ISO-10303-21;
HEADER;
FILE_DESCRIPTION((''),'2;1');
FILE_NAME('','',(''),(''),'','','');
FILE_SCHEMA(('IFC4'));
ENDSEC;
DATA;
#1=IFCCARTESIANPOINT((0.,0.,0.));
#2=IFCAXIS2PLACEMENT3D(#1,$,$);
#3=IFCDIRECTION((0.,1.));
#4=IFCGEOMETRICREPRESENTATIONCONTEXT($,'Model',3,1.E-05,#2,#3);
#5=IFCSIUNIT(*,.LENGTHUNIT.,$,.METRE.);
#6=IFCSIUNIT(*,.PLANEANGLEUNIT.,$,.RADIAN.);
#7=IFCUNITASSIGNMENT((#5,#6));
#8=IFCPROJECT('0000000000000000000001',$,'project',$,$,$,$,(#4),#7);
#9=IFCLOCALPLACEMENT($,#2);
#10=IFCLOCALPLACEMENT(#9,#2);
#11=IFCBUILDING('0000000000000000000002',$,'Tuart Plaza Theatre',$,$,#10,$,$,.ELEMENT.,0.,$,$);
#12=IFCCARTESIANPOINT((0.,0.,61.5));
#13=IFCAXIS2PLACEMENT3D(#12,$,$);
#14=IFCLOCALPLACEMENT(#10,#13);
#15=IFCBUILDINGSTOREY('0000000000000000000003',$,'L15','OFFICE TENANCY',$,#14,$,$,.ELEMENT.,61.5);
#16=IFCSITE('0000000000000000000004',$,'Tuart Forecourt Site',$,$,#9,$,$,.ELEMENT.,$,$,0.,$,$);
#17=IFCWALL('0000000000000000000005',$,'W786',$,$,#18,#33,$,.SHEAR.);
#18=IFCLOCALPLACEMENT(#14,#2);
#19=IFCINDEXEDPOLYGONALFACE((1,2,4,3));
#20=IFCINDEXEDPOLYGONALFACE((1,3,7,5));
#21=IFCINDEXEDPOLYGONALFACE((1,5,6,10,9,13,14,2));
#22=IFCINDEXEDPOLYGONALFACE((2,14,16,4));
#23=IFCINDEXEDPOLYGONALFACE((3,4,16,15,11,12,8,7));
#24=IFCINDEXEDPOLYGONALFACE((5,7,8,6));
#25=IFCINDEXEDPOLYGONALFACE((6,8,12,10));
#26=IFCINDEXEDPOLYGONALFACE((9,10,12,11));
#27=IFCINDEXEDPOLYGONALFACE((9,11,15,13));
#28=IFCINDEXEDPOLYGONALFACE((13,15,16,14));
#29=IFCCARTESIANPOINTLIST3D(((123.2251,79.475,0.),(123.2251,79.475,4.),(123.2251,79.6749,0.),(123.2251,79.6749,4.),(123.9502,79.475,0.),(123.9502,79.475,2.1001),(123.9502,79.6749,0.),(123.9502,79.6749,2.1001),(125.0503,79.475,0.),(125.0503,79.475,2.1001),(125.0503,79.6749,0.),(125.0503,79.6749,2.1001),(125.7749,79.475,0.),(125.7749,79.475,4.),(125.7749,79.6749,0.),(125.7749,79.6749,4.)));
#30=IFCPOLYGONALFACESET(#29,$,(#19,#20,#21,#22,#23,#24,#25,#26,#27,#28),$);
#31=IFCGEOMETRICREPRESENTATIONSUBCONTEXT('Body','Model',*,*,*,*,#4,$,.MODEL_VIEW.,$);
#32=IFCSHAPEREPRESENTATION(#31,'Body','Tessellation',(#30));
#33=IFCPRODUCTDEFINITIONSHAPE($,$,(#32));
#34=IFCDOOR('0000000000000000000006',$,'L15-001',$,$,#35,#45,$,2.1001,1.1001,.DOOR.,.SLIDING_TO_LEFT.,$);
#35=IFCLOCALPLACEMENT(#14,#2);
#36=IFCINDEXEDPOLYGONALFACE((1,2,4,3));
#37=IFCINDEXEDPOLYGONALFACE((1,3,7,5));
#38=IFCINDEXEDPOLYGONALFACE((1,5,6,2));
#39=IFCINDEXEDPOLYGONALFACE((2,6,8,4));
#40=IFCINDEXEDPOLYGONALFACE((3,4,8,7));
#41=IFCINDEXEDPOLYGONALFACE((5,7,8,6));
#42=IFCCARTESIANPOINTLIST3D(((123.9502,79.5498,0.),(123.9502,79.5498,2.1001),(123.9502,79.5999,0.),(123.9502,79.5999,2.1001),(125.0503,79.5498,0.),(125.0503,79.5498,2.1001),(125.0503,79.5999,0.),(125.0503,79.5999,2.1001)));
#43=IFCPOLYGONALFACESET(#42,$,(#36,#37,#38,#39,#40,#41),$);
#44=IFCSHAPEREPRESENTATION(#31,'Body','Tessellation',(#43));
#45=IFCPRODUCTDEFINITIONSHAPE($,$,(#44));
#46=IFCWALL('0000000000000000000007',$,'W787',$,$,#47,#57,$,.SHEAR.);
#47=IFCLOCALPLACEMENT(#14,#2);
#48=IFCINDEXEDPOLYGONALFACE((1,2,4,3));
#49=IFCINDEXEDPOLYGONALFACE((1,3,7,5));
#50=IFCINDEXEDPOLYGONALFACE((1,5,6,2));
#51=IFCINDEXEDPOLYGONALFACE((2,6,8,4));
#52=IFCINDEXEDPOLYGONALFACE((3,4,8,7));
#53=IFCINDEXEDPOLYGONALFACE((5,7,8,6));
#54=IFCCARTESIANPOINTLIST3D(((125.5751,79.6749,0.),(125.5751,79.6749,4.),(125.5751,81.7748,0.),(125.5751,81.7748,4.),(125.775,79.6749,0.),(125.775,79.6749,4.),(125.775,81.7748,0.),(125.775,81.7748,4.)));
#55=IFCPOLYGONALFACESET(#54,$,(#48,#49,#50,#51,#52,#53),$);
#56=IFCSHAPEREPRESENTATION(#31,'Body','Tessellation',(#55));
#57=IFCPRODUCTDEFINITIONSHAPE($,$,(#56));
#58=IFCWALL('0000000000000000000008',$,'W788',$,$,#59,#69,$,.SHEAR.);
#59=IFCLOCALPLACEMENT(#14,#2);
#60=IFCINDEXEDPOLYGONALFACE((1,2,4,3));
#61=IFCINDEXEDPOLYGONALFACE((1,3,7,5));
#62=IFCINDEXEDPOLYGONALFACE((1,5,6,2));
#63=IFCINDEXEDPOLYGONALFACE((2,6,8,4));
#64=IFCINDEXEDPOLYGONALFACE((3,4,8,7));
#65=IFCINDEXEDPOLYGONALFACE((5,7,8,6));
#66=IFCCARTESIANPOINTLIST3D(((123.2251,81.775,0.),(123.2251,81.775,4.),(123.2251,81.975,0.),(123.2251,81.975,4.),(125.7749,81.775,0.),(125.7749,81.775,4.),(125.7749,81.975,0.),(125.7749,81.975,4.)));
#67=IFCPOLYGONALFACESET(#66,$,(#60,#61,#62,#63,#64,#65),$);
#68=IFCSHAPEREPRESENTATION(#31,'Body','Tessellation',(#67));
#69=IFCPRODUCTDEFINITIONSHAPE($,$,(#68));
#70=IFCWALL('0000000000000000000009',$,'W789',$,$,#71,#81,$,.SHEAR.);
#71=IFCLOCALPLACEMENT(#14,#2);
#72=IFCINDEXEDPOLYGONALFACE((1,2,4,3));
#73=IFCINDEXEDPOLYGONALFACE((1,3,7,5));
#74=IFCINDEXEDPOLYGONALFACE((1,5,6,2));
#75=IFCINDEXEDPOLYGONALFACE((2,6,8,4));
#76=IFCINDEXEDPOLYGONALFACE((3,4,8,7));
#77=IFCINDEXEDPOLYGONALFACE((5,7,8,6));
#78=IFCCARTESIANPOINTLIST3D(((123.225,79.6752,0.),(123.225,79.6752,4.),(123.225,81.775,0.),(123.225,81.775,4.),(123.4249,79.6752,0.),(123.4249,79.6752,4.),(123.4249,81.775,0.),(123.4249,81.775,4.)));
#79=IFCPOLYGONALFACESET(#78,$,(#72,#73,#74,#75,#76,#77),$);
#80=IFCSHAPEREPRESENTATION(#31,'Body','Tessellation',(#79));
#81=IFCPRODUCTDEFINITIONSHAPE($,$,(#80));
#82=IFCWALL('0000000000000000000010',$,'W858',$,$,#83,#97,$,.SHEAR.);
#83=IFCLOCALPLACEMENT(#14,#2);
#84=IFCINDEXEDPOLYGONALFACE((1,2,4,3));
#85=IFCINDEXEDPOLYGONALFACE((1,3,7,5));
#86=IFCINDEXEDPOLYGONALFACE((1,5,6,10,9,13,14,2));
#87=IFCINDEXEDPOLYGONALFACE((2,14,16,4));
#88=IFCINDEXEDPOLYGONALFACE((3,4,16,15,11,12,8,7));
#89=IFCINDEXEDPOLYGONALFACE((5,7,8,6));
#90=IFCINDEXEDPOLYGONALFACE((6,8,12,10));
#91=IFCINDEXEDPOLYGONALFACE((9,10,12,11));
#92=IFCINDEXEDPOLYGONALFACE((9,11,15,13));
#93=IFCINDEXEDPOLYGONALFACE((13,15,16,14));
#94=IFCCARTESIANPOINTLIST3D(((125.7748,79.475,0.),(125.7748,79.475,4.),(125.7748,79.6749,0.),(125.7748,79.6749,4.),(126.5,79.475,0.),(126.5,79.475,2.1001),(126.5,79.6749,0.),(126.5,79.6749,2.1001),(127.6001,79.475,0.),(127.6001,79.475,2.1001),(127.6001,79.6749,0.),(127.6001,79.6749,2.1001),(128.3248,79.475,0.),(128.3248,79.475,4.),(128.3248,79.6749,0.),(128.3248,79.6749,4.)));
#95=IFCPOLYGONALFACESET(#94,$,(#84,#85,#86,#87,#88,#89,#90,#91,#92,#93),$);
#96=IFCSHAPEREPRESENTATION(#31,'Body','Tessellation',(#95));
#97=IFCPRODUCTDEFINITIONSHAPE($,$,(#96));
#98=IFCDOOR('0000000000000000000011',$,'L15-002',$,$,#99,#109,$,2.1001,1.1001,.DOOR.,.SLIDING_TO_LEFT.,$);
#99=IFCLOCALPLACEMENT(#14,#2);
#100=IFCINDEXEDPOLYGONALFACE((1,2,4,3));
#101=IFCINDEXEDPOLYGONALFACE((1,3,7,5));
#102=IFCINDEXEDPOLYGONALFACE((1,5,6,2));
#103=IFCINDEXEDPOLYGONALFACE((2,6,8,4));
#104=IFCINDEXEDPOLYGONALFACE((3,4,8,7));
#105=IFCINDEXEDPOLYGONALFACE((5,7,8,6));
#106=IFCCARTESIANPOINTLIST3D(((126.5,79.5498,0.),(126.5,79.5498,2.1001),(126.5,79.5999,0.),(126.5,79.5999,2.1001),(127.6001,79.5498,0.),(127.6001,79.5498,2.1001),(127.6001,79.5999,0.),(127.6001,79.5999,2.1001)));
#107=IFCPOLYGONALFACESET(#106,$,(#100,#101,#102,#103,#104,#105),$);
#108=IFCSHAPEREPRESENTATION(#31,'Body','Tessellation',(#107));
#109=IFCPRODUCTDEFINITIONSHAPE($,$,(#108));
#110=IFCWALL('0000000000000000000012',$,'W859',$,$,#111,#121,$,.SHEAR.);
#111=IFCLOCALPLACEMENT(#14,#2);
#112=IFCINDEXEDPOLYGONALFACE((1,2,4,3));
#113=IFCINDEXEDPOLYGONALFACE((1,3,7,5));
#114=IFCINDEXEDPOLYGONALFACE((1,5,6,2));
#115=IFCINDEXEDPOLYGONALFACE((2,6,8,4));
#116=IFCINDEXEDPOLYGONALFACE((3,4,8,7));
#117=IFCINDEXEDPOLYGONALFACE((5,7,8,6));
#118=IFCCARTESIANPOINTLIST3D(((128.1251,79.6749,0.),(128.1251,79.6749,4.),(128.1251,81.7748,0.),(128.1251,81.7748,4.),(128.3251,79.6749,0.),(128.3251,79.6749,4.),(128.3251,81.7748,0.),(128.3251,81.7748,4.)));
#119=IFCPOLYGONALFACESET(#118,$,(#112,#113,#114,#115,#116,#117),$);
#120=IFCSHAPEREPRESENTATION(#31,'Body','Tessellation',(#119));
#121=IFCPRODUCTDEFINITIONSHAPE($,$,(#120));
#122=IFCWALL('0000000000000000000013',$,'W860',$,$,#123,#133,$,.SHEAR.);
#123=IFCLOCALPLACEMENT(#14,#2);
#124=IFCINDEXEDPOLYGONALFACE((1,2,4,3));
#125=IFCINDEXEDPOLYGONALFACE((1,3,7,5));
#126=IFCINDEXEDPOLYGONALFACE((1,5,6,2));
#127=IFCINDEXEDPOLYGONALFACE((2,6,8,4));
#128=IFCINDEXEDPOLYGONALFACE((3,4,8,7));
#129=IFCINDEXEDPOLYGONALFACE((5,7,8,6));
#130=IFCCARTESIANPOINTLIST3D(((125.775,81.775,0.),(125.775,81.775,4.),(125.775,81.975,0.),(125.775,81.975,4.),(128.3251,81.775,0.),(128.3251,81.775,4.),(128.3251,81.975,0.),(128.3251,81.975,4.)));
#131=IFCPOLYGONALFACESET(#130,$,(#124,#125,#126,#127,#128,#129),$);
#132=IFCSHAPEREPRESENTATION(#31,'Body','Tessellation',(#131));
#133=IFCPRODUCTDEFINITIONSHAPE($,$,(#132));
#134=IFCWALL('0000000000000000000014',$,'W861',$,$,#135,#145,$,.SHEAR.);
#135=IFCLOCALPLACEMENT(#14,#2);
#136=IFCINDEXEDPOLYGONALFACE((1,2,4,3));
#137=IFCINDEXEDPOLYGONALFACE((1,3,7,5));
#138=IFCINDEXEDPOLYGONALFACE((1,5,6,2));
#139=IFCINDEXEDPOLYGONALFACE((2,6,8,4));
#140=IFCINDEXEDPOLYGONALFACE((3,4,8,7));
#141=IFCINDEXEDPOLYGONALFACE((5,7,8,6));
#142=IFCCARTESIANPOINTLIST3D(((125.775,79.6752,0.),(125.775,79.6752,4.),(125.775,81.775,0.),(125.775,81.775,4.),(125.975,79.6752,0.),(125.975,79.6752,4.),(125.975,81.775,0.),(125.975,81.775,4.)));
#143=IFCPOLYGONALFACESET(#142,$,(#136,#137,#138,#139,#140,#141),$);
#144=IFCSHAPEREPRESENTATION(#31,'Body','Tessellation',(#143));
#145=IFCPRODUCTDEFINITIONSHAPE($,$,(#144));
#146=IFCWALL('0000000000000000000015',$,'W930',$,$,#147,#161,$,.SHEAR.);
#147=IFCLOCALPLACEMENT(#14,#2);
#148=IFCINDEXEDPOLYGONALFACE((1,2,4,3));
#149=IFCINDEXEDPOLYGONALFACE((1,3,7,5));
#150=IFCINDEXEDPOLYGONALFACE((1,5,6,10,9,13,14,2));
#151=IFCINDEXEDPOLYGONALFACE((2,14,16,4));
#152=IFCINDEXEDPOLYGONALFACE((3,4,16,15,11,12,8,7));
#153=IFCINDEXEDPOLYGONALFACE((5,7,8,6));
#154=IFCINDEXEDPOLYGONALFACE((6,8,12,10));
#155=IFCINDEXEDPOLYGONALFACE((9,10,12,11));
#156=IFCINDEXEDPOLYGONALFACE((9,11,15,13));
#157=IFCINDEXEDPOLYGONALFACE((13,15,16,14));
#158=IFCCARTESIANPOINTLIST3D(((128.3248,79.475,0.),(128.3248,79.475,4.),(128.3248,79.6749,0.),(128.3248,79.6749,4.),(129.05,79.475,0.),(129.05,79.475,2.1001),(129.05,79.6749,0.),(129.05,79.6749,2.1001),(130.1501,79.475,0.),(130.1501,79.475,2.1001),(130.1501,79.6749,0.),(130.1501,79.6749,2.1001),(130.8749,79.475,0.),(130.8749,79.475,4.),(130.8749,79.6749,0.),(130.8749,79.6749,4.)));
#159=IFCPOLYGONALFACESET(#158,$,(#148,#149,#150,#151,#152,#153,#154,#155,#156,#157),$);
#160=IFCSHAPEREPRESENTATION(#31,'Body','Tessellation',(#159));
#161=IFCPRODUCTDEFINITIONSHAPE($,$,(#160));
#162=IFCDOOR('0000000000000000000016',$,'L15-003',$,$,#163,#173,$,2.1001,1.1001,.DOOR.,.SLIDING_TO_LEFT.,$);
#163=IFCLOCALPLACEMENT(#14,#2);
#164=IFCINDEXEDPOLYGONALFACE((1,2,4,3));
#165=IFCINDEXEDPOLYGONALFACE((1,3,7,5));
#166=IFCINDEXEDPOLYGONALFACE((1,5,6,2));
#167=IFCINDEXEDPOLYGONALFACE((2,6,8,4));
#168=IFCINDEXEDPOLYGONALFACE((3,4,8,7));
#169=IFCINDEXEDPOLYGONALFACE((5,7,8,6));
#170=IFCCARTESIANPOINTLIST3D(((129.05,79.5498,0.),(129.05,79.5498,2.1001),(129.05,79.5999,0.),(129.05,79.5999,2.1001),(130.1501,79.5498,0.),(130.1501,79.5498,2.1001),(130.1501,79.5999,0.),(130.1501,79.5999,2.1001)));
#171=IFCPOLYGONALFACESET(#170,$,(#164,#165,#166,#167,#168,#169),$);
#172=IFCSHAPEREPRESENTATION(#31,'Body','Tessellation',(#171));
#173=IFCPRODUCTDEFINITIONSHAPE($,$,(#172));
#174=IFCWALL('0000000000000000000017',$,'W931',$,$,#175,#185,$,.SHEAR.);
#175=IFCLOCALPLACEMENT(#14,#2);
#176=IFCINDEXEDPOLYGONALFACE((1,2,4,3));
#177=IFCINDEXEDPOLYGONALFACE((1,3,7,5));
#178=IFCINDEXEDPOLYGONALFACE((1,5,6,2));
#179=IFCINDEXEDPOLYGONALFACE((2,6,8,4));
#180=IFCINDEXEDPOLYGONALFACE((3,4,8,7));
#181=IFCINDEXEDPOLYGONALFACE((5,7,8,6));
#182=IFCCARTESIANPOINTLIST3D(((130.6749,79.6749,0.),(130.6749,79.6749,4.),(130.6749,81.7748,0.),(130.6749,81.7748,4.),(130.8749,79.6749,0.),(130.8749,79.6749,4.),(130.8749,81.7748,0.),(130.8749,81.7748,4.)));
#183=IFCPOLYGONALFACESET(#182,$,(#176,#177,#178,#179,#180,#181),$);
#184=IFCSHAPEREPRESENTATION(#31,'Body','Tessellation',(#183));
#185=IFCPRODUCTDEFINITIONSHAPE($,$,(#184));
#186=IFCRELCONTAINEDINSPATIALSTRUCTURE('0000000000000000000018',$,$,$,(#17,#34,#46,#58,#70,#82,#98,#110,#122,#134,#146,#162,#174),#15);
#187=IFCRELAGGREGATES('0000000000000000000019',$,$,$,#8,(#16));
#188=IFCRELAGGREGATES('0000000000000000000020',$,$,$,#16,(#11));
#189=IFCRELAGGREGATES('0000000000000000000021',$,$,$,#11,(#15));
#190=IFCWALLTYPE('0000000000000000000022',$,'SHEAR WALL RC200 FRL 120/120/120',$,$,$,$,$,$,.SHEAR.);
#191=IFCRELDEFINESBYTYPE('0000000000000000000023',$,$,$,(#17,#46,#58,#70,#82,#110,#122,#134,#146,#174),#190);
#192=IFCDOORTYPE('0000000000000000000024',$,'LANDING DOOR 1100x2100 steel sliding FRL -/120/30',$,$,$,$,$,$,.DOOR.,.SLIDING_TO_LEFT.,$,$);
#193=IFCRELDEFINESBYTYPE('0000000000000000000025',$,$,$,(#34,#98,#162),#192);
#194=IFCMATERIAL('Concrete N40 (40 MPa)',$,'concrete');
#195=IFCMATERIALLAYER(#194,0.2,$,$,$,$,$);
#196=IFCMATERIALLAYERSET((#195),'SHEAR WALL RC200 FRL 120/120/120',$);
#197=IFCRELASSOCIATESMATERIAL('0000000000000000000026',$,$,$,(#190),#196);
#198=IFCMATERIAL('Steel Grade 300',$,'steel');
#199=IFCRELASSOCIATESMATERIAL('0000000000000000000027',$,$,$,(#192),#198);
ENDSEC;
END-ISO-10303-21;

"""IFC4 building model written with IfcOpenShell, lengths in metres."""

from ifc_helpers import new_model, si_unit, direction, frame, frame_2d, origin, place, context, subcontext, project, spatial, rectangle, extrude, material, layer, layer_set, type_object, element, fill, save


model = new_model("IFC4")

# Units and contexts
model_context = context("Model", 3, precision=1e-05, world=origin(), true_north=direction((0.0, 1.0)))
body_context = subcontext(model_context, "Body", "Model", "MODEL_VIEW")
ifc_project = project(units=[si_unit("LENGTHUNIT", "METRE"), si_unit("PLANEANGLEUNIT", "RADIAN")], contexts=[model_context])

# Site, building, storey
site_placement = place(None, origin())
site = spatial("IfcSite", under=ifc_project, at=site_placement, Name="Tuart Forecourt Site", CompositionType="ELEMENT", RefElevation=0.0)
building_placement = place(site_placement, origin())
building = spatial("IfcBuilding", under=site, at=building_placement, Name="Tuart Plaza Theatre", CompositionType="ELEMENT", ElevationOfRefHeight=0.0)
storey_placement = place(building_placement, frame((0.0, 0.0, 61.5)))
storey = spatial("IfcBuildingStorey", under=building, at=storey_placement, Name="L15", Description="OFFICE TENANCY", CompositionType="ELEMENT", Elevation=61.5)

# Wall, opening, door
ifc_material_1 = material(Name="Concrete N40 (40 MPa)", Category="concrete")
ifc_layer_1 = layer(ifc_material_1, 0.2)
ifc_layer_set_1 = layer_set([ifc_layer_1], Name="SHEAR WALL RC200 FRL 120/120/120")
wall_type_1 = type_object("IfcWallType", Name="SHEAR WALL RC200 FRL 120/120/120", PredefinedType="SHEAR", material=ifc_layer_set_1)
wall_1_placement = place(storey_placement, frame((123.2251, 79.575, 0.0), z_axis=(0.0, 0.0, 1.0), x_axis=(1.0, 0.0, 0.0)))
wall_1 = element("IfcWall", 1, at=wall_1_placement, inside=storey, type_object=wall_type_1, Name="W786", PredefinedType="SHEAR", context=body_context, shape_type="SweptSolid", body=[
    extrude(rectangle(XDim=2.5498, YDim=0.2, at=frame_2d((1.2749, 0.0))), origin(), (0.0, 0.0, 1.0), 4.0),
])
opening_1_placement = place(wall_1_placement, frame((0.7251, 0.0, 0.0)))
opening_1 = element("IfcOpeningElement", 2, at=opening_1_placement, cuts=wall_1, PredefinedType="OPENING", context=body_context, shape_type="SweptSolid", body=[
    extrude(rectangle(XDim=1.1001, YDim=2.1001, at=frame_2d((0.55, 1.05))), frame((0.0, 0.1099, 0.0), z_axis=(0.0, -1.0, 0.0), x_axis=(1.0, 0.0, 0.0)), (0.0, 0.0, 1.0), 0.22),
])
ifc_material_2 = material(Name="Steel Grade 300", Category="steel")
door_type_1 = type_object("IfcDoorType", Name="LANDING DOOR 1100x2100 steel sliding FRL -/120/30", OperationType="SLIDING_TO_LEFT", PredefinedType="DOOR", material=ifc_material_2)
door_1_placement = place(opening_1_placement, origin())
door_1 = element("IfcDoor", 3, at=door_1_placement, inside=storey, type_object=door_type_1, Name="L15-001", OperationType="SLIDING_TO_LEFT", OverallHeight=2.1001, OverallWidth=1.1001, PredefinedType="DOOR", context=body_context, shape_type="SweptSolid", body=[
    extrude(rectangle(XDim=1.1001, YDim=2.1001, at=frame_2d((0.55, 1.05))), frame((0.0, 0.0249, 0.0), z_axis=(0.0, -1.0, 0.0), x_axis=(1.0, 0.0, 0.0)), (0.0, 0.0, 1.0), 0.05),
])
fill(opening_1, door_1)

# Walls
wall_2_placement = place(storey_placement, frame((125.675, 79.675, 0.0), z_axis=(0.0, 0.0, 1.0), x_axis=(0.0, 1.0, 0.0)))
element("IfcWall", 4, at=wall_2_placement, inside=storey, type_object=wall_type_1, Name="W787", PredefinedType="SHEAR", context=body_context, shape_type="SweptSolid", body=[
    extrude(rectangle(XDim=2.0999, YDim=0.2, at=frame_2d((1.0498, 0.0))), origin(), (0.0, 0.0, 1.0), 4.0),
])
wall_3_placement = place(storey_placement, frame((125.7749, 81.875, 0.0), z_axis=(0.0, 0.0, 1.0), x_axis=(-1.0, 0.0, 0.0)))
element("IfcWall", 5, at=wall_3_placement, inside=storey, type_object=wall_type_1, Name="W788", PredefinedType="SHEAR", context=body_context, shape_type="SweptSolid", body=[
    extrude(rectangle(XDim=2.5498, YDim=0.2, at=frame_2d((1.2749, 0.0))), origin(), (0.0, 0.0, 1.0), 4.0),
])
wall_4_placement = place(storey_placement, frame((123.325, 81.7749, 0.0), z_axis=(0.0, 0.0, 1.0), x_axis=(0.0, -1.0, 0.0)))
element("IfcWall", 6, at=wall_4_placement, inside=storey, type_object=wall_type_1, Name="W789", PredefinedType="SHEAR", context=body_context, shape_type="SweptSolid", body=[
    extrude(rectangle(XDim=2.0999, YDim=0.2, at=frame_2d((1.0498, 0.0))), origin(), (0.0, 0.0, 1.0), 4.0),
])

# Wall, opening, door
wall_5_placement = place(storey_placement, frame((125.7749, 79.575, 0.0), z_axis=(0.0, 0.0, 1.0), x_axis=(1.0, 0.0, 0.0)))
wall_5 = element("IfcWall", 7, at=wall_5_placement, inside=storey, type_object=wall_type_1, Name="W858", PredefinedType="SHEAR", context=body_context, shape_type="SweptSolid", body=[
    extrude(rectangle(XDim=2.55, YDim=0.2, at=frame_2d((1.2749, 0.0))), origin(), (0.0, 0.0, 1.0), 4.0),
])
opening_2_placement = place(wall_5_placement, frame((0.7251, 0.0, 0.0)))
opening_2 = element("IfcOpeningElement", 8, at=opening_2_placement, cuts=wall_5, PredefinedType="OPENING", context=body_context, shape_type="SweptSolid", body=[
    extrude(rectangle(XDim=1.1001, YDim=2.1001, at=frame_2d((0.55, 1.05))), frame((0.0, 0.1099, 0.0), z_axis=(0.0, -1.0, 0.0), x_axis=(1.0, 0.0, 0.0)), (0.0, 0.0, 1.0), 0.22),
])
door_2_placement = place(opening_2_placement, origin())
door_2 = element("IfcDoor", 9, at=door_2_placement, inside=storey, type_object=door_type_1, Name="L15-002", OperationType="SLIDING_TO_LEFT", OverallHeight=2.1001, OverallWidth=1.1001, PredefinedType="DOOR", context=body_context, shape_type="SweptSolid", body=[
    extrude(rectangle(XDim=1.1001, YDim=2.1001, at=frame_2d((0.55, 1.05))), frame((0.0, 0.0249, 0.0), z_axis=(0.0, -1.0, 0.0), x_axis=(1.0, 0.0, 0.0)), (0.0, 0.0, 1.0), 0.05),
])
fill(opening_2, door_2)

# Walls
wall_6_placement = place(storey_placement, frame((128.2251, 79.675, 0.0), z_axis=(0.0, 0.0, 1.0), x_axis=(0.0, 1.0, 0.0)))
element("IfcWall", 10, at=wall_6_placement, inside=storey, type_object=wall_type_1, Name="W859", PredefinedType="SHEAR", context=body_context, shape_type="SweptSolid", body=[
    extrude(rectangle(XDim=2.0999, YDim=0.2, at=frame_2d((1.0498, 0.0))), origin(), (0.0, 0.0, 1.0), 4.0),
])
wall_7_placement = place(storey_placement, frame((128.325, 81.875, 0.0), z_axis=(0.0, 0.0, 1.0), x_axis=(-1.0, 0.0, 0.0)))
element("IfcWall", 11, at=wall_7_placement, inside=storey, type_object=wall_type_1, Name="W860", PredefinedType="SHEAR", context=body_context, shape_type="SweptSolid", body=[
    extrude(rectangle(XDim=2.55, YDim=0.2, at=frame_2d((1.2749, 0.0))), origin(), (0.0, 0.0, 1.0), 4.0),
])
wall_8_placement = place(storey_placement, frame((125.875, 81.7749, 0.0), z_axis=(0.0, 0.0, 1.0), x_axis=(0.0, -1.0, 0.0)))
element("IfcWall", 12, at=wall_8_placement, inside=storey, type_object=wall_type_1, Name="W861", PredefinedType="SHEAR", context=body_context, shape_type="SweptSolid", body=[
    extrude(rectangle(XDim=2.0999, YDim=0.2, at=frame_2d((1.0498, 0.0))), origin(), (0.0, 0.0, 1.0), 4.0),
])

# Wall, opening, door
wall_9_placement = place(storey_placement, frame((128.325, 79.575, 0.0), z_axis=(0.0, 0.0, 1.0), x_axis=(1.0, 0.0, 0.0)))
wall_9 = element("IfcWall", 13, at=wall_9_placement, inside=storey, type_object=wall_type_1, Name="W930", PredefinedType="SHEAR", context=body_context, shape_type="SweptSolid", body=[
    extrude(rectangle(XDim=2.55, YDim=0.2, at=frame_2d((1.2749, 0.0))), origin(), (0.0, 0.0, 1.0), 4.0),
])
opening_3_placement = place(wall_9_placement, frame((0.7251, 0.0, 0.0)))
opening_3 = element("IfcOpeningElement", 14, at=opening_3_placement, cuts=wall_9, PredefinedType="OPENING", context=body_context, shape_type="SweptSolid", body=[
    extrude(rectangle(XDim=1.1001, YDim=2.1001, at=frame_2d((0.55, 1.05))), frame((0.0, 0.1099, 0.0), z_axis=(0.0, -1.0, 0.0), x_axis=(1.0, 0.0, 0.0)), (0.0, 0.0, 1.0), 0.22),
])
door_3_placement = place(opening_3_placement, origin())
door_3 = element("IfcDoor", 15, at=door_3_placement, inside=storey, type_object=door_type_1, Name="L15-003", OperationType="SLIDING_TO_LEFT", OverallHeight=2.1001, OverallWidth=1.1001, PredefinedType="DOOR", context=body_context, shape_type="SweptSolid", body=[
    extrude(rectangle(XDim=1.1001, YDim=2.1001, at=frame_2d((0.55, 1.05))), frame((0.0, 0.0249, 0.0), z_axis=(0.0, -1.0, 0.0), x_axis=(1.0, 0.0, 0.0)), (0.0, 0.0, 1.0), 0.05),
])
fill(opening_3, door_3)

# Wall
wall_10_placement = place(storey_placement, frame((130.7749, 79.675, 0.0), z_axis=(0.0, 0.0, 1.0), x_axis=(0.0, 1.0, 0.0)))
element("IfcWall", 16, at=wall_10_placement, inside=storey, type_object=wall_type_1, Name="W931", PredefinedType="SHEAR", context=body_context, shape_type="SweptSolid", body=[
    extrude(rectangle(XDim=2.0999, YDim=0.2, at=frame_2d((1.0498, 0.0))), origin(), (0.0, 0.0, 1.0), 4.0),
])

save(model, "model.ifc")
